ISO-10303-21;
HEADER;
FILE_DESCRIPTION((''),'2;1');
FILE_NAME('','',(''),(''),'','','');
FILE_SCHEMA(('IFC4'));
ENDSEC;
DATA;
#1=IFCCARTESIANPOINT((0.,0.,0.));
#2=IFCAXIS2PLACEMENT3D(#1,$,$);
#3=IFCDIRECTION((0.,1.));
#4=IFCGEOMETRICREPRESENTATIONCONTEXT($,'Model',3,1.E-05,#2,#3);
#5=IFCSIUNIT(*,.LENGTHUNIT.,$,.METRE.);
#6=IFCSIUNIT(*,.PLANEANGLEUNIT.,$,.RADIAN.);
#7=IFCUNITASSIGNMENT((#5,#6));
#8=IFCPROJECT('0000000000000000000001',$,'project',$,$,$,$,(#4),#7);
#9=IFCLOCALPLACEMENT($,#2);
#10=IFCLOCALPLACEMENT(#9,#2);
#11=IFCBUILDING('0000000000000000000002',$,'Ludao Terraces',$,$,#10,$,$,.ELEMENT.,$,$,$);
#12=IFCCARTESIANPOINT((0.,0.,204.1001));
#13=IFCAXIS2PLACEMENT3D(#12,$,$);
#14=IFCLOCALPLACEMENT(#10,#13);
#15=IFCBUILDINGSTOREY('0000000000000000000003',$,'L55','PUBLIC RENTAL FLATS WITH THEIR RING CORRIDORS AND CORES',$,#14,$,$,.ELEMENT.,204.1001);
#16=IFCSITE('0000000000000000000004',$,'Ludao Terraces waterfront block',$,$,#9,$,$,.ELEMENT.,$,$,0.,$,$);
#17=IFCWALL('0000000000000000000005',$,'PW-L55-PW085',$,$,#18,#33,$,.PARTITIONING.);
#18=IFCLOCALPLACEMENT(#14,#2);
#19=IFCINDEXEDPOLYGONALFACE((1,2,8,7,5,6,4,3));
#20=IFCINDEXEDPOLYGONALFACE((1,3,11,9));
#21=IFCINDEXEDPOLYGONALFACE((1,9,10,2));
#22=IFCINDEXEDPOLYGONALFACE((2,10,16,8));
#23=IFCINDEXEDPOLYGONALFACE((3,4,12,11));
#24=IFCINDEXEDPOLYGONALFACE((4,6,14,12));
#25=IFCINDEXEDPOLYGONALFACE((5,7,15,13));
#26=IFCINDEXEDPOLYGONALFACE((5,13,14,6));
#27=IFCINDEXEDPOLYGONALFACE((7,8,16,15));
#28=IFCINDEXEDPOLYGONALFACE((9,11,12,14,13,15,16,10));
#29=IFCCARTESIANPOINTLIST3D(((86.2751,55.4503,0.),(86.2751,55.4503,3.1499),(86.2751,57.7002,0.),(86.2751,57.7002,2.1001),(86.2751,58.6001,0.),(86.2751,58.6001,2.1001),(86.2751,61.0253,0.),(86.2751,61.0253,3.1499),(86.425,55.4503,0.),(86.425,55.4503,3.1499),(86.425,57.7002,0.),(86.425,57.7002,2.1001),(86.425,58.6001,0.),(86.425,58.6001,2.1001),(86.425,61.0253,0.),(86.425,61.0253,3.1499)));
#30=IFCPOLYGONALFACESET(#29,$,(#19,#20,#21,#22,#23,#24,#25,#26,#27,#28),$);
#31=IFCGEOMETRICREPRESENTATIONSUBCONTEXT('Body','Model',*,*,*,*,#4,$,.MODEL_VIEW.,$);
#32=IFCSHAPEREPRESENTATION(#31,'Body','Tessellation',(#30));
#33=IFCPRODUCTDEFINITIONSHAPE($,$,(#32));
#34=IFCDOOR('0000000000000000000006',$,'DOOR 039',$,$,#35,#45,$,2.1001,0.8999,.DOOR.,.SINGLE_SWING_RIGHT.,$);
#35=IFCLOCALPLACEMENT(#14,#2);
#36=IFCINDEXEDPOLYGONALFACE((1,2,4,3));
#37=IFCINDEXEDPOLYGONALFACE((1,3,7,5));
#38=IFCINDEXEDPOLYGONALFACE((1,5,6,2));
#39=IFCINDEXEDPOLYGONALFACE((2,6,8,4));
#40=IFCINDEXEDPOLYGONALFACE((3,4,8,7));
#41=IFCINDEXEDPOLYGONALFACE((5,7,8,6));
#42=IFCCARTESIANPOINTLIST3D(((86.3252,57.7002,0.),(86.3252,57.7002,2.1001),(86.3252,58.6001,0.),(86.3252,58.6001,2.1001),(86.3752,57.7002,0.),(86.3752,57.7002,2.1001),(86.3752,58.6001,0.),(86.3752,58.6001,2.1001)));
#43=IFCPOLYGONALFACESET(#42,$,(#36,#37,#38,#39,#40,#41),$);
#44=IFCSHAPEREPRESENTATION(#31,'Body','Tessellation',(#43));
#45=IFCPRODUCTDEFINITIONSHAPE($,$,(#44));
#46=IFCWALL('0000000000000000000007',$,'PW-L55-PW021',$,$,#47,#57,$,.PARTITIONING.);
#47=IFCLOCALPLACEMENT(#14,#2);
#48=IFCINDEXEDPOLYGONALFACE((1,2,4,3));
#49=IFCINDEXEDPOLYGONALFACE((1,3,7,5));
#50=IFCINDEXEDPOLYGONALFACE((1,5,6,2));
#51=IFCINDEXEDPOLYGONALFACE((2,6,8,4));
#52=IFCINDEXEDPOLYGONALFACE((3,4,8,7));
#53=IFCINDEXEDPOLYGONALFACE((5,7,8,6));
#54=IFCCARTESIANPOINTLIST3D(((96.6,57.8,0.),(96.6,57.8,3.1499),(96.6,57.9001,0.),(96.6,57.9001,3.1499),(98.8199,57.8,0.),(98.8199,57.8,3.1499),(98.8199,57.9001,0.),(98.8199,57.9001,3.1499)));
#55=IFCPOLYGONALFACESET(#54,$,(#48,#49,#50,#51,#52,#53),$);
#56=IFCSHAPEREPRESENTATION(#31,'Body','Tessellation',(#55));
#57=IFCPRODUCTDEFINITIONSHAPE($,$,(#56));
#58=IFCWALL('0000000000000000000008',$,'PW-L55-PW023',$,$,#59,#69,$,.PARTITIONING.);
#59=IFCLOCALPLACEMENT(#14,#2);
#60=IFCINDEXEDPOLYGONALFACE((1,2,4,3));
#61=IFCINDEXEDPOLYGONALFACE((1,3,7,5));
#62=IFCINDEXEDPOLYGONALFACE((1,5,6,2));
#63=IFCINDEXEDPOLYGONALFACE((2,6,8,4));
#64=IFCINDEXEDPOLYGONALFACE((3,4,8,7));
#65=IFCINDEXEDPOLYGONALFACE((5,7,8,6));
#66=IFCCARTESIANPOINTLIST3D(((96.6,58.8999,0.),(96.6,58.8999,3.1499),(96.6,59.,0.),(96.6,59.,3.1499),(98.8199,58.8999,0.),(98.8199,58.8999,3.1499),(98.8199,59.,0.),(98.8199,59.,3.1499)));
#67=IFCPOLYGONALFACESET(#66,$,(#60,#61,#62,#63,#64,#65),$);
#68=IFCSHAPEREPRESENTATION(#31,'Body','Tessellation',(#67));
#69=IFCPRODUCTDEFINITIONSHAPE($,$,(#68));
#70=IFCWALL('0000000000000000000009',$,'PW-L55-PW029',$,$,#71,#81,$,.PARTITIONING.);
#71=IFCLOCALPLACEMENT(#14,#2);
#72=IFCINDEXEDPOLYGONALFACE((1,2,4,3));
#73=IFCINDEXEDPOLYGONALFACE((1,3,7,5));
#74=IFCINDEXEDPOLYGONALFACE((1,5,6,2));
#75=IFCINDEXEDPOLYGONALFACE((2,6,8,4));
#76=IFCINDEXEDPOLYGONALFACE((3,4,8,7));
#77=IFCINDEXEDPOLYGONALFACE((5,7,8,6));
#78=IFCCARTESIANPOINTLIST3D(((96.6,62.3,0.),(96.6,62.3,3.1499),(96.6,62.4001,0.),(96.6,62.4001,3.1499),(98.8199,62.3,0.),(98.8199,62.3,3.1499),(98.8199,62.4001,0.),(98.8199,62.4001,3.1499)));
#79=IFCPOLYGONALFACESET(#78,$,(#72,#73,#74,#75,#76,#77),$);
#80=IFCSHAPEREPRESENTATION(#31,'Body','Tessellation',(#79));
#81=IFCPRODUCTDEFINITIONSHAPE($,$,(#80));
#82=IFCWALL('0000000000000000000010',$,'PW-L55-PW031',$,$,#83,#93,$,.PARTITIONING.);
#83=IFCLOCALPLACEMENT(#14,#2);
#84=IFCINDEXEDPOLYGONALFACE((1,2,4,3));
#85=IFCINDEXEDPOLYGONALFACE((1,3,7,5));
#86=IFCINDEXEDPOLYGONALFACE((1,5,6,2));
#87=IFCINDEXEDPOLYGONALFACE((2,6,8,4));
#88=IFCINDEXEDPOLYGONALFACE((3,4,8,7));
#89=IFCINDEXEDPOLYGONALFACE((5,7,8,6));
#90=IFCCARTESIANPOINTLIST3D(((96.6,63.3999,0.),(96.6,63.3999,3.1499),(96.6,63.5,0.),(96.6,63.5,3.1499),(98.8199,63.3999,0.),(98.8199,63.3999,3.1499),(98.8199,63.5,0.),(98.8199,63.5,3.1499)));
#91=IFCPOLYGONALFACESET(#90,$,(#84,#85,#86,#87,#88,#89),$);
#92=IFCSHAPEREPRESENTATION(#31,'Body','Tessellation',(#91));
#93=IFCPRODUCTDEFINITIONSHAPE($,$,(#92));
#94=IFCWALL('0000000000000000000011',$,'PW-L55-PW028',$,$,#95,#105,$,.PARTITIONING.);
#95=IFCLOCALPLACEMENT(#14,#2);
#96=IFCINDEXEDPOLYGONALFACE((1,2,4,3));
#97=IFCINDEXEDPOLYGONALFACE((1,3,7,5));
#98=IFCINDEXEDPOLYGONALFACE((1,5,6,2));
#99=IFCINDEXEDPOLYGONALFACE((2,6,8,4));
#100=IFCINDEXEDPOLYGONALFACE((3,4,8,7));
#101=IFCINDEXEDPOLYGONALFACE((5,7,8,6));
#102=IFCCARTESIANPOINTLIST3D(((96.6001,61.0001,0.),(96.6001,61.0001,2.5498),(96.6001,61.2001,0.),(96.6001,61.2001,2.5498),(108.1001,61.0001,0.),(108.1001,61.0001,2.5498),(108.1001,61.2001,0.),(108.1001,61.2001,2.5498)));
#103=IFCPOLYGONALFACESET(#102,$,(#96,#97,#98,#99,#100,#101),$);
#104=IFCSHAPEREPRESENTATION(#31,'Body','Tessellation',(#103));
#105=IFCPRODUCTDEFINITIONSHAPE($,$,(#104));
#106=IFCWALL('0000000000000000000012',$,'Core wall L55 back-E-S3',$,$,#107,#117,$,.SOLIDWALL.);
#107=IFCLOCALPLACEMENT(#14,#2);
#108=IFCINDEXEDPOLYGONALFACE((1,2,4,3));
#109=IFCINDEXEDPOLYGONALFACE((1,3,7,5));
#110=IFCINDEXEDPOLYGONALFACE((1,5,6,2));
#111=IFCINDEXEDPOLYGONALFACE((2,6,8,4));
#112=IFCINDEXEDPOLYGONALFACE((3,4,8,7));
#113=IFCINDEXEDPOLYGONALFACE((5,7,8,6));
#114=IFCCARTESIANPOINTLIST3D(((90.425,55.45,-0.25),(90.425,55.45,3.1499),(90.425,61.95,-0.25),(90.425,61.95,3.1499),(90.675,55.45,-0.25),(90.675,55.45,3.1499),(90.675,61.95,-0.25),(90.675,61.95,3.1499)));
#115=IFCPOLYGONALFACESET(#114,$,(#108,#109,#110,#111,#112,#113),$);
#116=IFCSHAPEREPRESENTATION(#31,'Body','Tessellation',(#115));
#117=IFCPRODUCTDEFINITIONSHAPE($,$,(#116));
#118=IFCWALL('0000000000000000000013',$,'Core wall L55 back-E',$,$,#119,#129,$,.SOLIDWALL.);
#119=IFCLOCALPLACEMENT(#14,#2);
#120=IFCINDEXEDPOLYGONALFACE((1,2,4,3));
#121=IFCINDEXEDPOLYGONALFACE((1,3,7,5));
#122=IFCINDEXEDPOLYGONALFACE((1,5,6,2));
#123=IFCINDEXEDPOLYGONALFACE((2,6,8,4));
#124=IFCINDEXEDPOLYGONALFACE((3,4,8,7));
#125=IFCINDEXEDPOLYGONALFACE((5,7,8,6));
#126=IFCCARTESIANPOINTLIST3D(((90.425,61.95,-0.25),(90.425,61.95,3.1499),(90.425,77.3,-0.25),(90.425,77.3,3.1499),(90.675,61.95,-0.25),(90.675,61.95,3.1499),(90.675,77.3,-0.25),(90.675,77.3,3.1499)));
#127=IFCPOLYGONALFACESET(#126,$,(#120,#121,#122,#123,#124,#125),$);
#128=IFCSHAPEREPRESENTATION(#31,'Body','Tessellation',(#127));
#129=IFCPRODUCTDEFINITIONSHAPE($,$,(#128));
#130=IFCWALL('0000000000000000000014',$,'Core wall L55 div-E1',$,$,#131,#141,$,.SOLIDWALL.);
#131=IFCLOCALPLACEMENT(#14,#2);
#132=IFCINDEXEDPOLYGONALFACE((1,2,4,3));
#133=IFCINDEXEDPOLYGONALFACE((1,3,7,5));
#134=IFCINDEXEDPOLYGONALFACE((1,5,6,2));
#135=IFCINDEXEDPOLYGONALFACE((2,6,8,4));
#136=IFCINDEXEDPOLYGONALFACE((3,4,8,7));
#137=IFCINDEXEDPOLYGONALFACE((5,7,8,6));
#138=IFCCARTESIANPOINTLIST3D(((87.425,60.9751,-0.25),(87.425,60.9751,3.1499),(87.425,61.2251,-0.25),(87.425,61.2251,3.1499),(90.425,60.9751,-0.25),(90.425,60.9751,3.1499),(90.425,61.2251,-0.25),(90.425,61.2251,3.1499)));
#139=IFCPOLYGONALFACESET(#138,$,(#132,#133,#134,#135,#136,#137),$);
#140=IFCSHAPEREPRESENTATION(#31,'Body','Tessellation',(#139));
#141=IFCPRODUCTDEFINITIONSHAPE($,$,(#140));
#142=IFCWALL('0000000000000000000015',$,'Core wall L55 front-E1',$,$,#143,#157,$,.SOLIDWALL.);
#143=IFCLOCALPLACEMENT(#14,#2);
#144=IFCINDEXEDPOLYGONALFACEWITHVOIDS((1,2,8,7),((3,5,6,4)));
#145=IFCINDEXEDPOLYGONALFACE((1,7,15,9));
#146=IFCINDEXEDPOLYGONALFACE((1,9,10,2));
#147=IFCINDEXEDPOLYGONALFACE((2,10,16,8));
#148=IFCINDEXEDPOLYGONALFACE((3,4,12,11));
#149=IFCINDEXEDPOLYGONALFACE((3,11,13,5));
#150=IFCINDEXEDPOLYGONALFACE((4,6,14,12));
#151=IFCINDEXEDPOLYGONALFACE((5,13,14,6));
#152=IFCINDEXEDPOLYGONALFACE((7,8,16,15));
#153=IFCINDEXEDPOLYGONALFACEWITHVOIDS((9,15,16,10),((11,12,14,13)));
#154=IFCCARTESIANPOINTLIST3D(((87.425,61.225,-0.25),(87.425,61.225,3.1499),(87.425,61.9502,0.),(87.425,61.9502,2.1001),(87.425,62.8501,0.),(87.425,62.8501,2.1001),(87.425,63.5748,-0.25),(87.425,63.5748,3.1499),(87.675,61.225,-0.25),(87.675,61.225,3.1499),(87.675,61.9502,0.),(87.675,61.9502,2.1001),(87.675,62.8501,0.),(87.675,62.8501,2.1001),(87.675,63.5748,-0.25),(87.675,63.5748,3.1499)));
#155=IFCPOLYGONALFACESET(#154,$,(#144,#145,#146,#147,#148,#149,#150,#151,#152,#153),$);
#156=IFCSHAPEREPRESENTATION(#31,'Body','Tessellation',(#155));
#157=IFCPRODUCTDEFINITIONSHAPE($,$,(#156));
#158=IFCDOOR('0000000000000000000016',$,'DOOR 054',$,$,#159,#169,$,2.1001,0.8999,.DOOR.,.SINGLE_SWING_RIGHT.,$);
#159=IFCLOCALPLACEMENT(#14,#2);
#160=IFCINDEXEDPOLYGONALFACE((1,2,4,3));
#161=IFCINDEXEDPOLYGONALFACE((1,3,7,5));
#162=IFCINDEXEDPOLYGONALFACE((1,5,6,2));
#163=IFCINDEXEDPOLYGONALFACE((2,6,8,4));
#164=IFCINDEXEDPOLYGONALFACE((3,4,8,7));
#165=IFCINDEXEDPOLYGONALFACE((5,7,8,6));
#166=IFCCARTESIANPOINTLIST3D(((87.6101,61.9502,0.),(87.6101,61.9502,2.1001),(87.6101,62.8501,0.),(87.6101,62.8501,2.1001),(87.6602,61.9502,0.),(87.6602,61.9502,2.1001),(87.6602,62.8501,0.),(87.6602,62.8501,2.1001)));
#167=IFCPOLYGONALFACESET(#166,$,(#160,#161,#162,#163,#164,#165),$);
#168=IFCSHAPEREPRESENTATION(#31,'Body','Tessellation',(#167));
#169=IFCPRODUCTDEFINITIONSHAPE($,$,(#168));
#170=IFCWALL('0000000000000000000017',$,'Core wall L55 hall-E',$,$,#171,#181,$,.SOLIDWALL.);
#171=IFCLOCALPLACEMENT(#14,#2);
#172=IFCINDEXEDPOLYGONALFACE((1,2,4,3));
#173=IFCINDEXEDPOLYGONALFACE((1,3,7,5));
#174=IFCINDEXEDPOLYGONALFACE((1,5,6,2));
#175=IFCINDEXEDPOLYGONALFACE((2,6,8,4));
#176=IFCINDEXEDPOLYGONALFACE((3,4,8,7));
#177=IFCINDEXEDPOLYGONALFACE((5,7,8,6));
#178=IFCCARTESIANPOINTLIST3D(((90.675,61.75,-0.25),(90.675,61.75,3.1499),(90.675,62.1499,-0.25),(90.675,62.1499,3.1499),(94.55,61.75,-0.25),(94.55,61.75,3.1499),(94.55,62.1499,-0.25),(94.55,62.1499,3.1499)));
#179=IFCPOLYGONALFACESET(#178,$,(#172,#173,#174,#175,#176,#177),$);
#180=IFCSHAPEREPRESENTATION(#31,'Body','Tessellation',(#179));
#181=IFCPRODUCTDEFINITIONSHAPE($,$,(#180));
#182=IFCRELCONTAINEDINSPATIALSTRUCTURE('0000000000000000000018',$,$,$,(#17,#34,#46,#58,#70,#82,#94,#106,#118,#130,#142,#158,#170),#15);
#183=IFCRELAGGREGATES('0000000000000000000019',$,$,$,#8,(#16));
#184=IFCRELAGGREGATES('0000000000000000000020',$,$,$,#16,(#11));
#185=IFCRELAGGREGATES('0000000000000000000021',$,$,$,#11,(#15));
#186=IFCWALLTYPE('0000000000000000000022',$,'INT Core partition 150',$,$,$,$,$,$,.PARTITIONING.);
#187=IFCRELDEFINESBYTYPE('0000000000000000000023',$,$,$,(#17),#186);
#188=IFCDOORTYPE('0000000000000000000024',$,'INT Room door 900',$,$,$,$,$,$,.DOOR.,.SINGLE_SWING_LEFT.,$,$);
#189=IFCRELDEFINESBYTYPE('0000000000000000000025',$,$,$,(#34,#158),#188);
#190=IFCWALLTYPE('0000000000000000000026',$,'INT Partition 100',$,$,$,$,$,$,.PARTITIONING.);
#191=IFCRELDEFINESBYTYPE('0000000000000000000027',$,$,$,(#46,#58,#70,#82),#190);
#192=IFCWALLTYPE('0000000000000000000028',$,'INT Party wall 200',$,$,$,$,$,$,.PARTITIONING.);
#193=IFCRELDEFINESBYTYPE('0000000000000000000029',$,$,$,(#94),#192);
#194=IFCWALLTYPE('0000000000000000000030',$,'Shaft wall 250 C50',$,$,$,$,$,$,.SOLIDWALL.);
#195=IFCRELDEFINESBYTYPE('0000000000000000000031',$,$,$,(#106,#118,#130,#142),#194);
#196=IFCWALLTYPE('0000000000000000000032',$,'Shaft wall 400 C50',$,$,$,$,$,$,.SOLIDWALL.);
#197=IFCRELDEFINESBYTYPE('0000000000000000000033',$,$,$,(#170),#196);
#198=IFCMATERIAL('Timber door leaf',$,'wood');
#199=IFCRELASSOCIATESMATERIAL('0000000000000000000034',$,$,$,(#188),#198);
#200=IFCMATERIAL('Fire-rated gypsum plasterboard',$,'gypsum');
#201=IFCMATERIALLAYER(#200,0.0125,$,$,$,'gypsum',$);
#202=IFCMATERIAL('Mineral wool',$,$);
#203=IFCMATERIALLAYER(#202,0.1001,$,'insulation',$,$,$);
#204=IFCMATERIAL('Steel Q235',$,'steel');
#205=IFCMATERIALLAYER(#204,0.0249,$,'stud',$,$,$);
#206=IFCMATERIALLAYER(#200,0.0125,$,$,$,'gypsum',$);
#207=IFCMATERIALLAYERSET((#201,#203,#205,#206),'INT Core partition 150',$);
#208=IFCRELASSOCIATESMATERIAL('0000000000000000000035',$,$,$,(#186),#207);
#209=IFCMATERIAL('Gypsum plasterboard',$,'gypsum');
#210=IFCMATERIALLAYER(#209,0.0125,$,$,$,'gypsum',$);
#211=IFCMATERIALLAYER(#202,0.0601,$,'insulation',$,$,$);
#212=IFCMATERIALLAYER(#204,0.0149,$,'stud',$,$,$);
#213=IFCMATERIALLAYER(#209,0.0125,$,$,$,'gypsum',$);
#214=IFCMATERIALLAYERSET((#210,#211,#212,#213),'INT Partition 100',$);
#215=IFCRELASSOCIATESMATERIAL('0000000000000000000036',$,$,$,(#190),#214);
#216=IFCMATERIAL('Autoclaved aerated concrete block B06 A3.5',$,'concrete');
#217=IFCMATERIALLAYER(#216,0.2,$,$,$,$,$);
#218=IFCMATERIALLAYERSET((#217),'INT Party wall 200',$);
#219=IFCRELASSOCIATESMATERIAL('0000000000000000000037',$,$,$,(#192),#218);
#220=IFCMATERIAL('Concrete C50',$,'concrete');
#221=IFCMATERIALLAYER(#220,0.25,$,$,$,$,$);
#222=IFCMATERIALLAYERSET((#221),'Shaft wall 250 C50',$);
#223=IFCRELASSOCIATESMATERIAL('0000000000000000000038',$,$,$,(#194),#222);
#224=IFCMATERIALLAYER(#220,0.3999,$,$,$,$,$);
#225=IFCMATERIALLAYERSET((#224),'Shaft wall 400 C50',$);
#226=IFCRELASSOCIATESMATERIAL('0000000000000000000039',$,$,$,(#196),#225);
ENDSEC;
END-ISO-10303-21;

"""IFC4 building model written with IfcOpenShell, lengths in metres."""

from ifc_helpers import new_model, si_unit, direction, frame, frame_2d, origin, place, context, subcontext, project, spatial, rectangle, extrude, material, layer, layer_set, type_object, element, fill, save


model = new_model("IFC4")

# Units and contexts
model_context = context("Model", 3, precision=1e-05, world=origin(), true_north=direction((0.0, 1.0)))
body_context = subcontext(model_context, "Body", "Model", "MODEL_VIEW")
ifc_project = project(units=[si_unit("LENGTHUNIT", "METRE"), si_unit("PLANEANGLEUNIT", "RADIAN")], contexts=[model_context])

# Site, building, storey
site_placement = place(None, origin())
site = spatial("IfcSite", under=ifc_project, at=site_placement, Name="Ludao Terraces waterfront block", CompositionType="ELEMENT", RefElevation=0.0)
building_placement = place(site_placement, origin())
building = spatial("IfcBuilding", under=site, at=building_placement, Name="Ludao Terraces", CompositionType="ELEMENT")
storey_placement = place(building_placement, frame((0.0, 0.0, 204.1001)))
storey = spatial("IfcBuildingStorey", under=building, at=storey_placement, Name="L55", Description="PUBLIC RENTAL FLATS WITH THEIR RING CORRIDORS AND CORES", CompositionType="ELEMENT", Elevation=204.1001)

# Shared definitions
ifc_material_1 = material(Name="Concrete C50", Category="concrete")
ifc_material_2 = material(Name="Steel Q235", Category="steel")
ifc_material_3 = material(Name="Timber door leaf", Category="wood")
door_type_1 = type_object("IfcDoorType", Name="INT Room door 900", OperationType="SINGLE_SWING_LEFT", PredefinedType="DOOR", material=ifc_material_3)

# Wall, opening, door
ifc_material_4 = material(Name="Fire-rated gypsum plasterboard", Category="gypsum")
ifc_layer_1 = layer(ifc_material_4, 0.0125, Category="gypsum")
ifc_material_5 = material(Name="Mineral wool")
ifc_layer_2 = layer(ifc_material_5, 0.1001, Name="insulation")
ifc_layer_3 = layer(ifc_material_2, 0.0249, Name="stud")
ifc_layer_4 = layer(ifc_material_4, 0.0125, Category="gypsum")
ifc_layer_set_1 = layer_set([ifc_layer_1, ifc_layer_2, ifc_layer_3, ifc_layer_4], Name="INT Core partition 150")
wall_type_1 = type_object("IfcWallType", Name="INT Core partition 150", PredefinedType="PARTITIONING", material=ifc_layer_set_1)
wall_1_placement = place(storey_placement, frame((86.3501, 55.4502, 0.0), z_axis=(0.0, 0.0, 1.0), x_axis=(0.0, 1.0, 0.0)))
wall_1 = element("IfcWall", 1, at=wall_1_placement, inside=storey, type_object=wall_type_1, Name="PW-L55-PW085", PredefinedType="PARTITIONING", context=body_context, shape_type="SweptSolid", body=[
    extrude(rectangle(XDim=5.575, YDim=0.1499, at=frame_2d((2.7876, 0.0))), origin(), (0.0, 0.0, 1.0), 3.1499),
])
opening_1_placement = place(wall_1_placement, frame((2.25, 0.0, 0.0)))
opening_1 = element("IfcOpeningElement", 2, at=opening_1_placement, cuts=wall_1, PredefinedType="OPENING", context=body_context, shape_type="SweptSolid", body=[
    extrude(rectangle(XDim=0.8999, YDim=2.1001, at=frame_2d((0.45, 1.05))), frame((0.0, 0.085, 0.0), z_axis=(0.0, -1.0, 0.0), x_axis=(1.0, 0.0, 0.0)), (0.0, 0.0, 1.0), 0.1699),
])
door_1_placement = place(opening_1_placement, origin())
door_1 = element("IfcDoor", 3, at=door_1_placement, inside=storey, type_object=door_type_1, Name="DOOR 039", OperationType="SINGLE_SWING_RIGHT", OverallHeight=2.1001, OverallWidth=0.8999, PredefinedType="DOOR", context=body_context, shape_type="SweptSolid", body=[
    extrude(rectangle(XDim=0.8999, YDim=2.1001, at=frame_2d((0.45, 1.05))), frame((0.0, 0.0249, 0.0), z_axis=(0.0, -1.0, 0.0), x_axis=(1.0, 0.0, 0.0)), (0.0, 0.0, 1.0), 0.05),
])
fill(opening_1, door_1)

# Walls
ifc_material_6 = material(Name="Gypsum plasterboard", Category="gypsum")
ifc_layer_5 = layer(ifc_material_6, 0.0125, Category="gypsum")
ifc_layer_6 = layer(ifc_material_5, 0.0601, Name="insulation")
ifc_layer_7 = layer(ifc_material_2, 0.0149, Name="stud")
ifc_layer_8 = layer(ifc_material_6, 0.0125, Category="gypsum")
ifc_layer_set_2 = layer_set([ifc_layer_5, ifc_layer_6, ifc_layer_7, ifc_layer_8], Name="INT Partition 100")
wall_type_2 = type_object("IfcWallType", Name="INT Partition 100", PredefinedType="PARTITIONING", material=ifc_layer_set_2)
for number, where, z_axis, x_axis, name in (
    (4, (96.6001, 57.8501, 0.0), (0.0, 0.0, 1.0), (1.0, 0.0, 0.0), "PW-L55-PW021"),
    (5, (96.6001, 58.95, 0.0), (0.0, 0.0, 1.0), (1.0, 0.0, 0.0), "PW-L55-PW023"),
    (6, (96.6001, 62.3501, 0.0), (0.0, 0.0, 1.0), (1.0, 0.0, 0.0), "PW-L55-PW029"),
    (7, (96.6001, 63.45, 0.0), (0.0, 0.0, 1.0), (1.0, 0.0, 0.0), "PW-L55-PW031"),
):
    element("IfcWall", number, at=place(storey_placement, frame(where, z_axis=z_axis, x_axis=x_axis)), inside=storey, type_object=wall_type_2, Name=name, PredefinedType="PARTITIONING", context=body_context, shape_type="SweptSolid", body=[
        extrude(rectangle(XDim=2.22, YDim=0.1001, at=frame_2d((1.1099, 0.0))), origin(), (0.0, 0.0, 1.0), 3.1499),
    ])
ifc_material_7 = material(Name="Autoclaved aerated concrete block B06 A3.5", Category="concrete")
ifc_layer_9 = layer(ifc_material_7, 0.2)
ifc_layer_set_3 = layer_set([ifc_layer_9], Name="INT Party wall 200")
wall_type_3 = type_object("IfcWallType", Name="INT Party wall 200", PredefinedType="PARTITIONING", material=ifc_layer_set_3)
wall_2_placement = place(storey_placement, frame((96.6001, 61.1001, 0.0), z_axis=(0.0, 0.0, 1.0), x_axis=(1.0, 0.0, 0.0)))
element("IfcWall", 8, at=wall_2_placement, inside=storey, type_object=wall_type_3, Name="PW-L55-PW028", PredefinedType="PARTITIONING", context=body_context, shape_type="SweptSolid", body=[
    extrude(rectangle(XDim=11.5, YDim=0.2, at=frame_2d((5.75, 0.0))), origin(), (0.0, 0.0, 1.0), 2.5498),
])
ifc_layer_10 = layer(ifc_material_1, 0.25)
ifc_layer_set_4 = layer_set([ifc_layer_10], Name="Shaft wall 250 C50")
wall_type_4 = type_object("IfcWallType", Name="Shaft wall 250 C50", PredefinedType="SOLIDWALL", material=ifc_layer_set_4)
wall_3_placement = place(storey_placement, frame((90.55, 55.45, -0.25), z_axis=(0.0, 0.0, 1.0), x_axis=(0.0, 1.0, 0.0)))
element("IfcWall", 9, at=wall_3_placement, inside=storey, type_object=wall_type_4, Name="Core wall L55 back-E-S3", PredefinedType="SOLIDWALL", context=body_context, shape_type="SweptSolid", body=[
    extrude(rectangle(XDim=6.5, YDim=0.25, at=frame_2d((3.25, 0.0))), origin(), (0.0, 0.0, 1.0), 3.3999),
])
wall_4_placement = place(storey_placement, frame((90.55, 61.95, -0.25), z_axis=(0.0, 0.0, 1.0), x_axis=(0.0, 1.0, 0.0)))
element("IfcWall", 10, at=wall_4_placement, inside=storey, type_object=wall_type_4, Name="Core wall L55 back-E", PredefinedType="SOLIDWALL", context=body_context, shape_type="SweptSolid", body=[
    extrude(rectangle(XDim=15.3501, YDim=0.25, at=frame_2d((7.675, 0.0))), origin(), (0.0, 0.0, 1.0), 3.3999),
])
wall_5_placement = place(storey_placement, frame((87.425, 61.1001, -0.25), z_axis=(0.0, 0.0, 1.0), x_axis=(1.0, 0.0, 0.0)))
element("IfcWall", 11, at=wall_5_placement, inside=storey, type_object=wall_type_4, Name="Core wall L55 div-E1", PredefinedType="SOLIDWALL", context=body_context, shape_type="SweptSolid", body=[
    extrude(rectangle(XDim=3.0, YDim=0.25, at=frame_2d((1.5, 0.0))), origin(), (0.0, 0.0, 1.0), 3.3999),
])

# Wall, opening, door
wall_6_placement = place(storey_placement, frame((87.55, 61.2251, -0.25), z_axis=(0.0, 0.0, 1.0), x_axis=(0.0, 1.0, 0.0)))
wall_6 = element("IfcWall", 12, at=wall_6_placement, inside=storey, type_object=wall_type_4, Name="Core wall L55 front-E1", PredefinedType="SOLIDWALL", context=body_context, shape_type="SweptSolid", body=[
    extrude(rectangle(XDim=2.3499, YDim=0.25, at=frame_2d((1.1748, 0.0))), origin(), (0.0, 0.0, 1.0), 3.3999),
])
opening_2_placement = place(wall_6_placement, frame((0.7251, 0.0, 0.25)))
opening_2 = element("IfcOpeningElement", 13, at=opening_2_placement, cuts=wall_6, PredefinedType="OPENING", context=body_context, shape_type="SweptSolid", body=[
    extrude(rectangle(XDim=0.8999, YDim=2.1001, at=frame_2d((0.45, 1.05))), frame((0.0, 0.135, 0.0), z_axis=(0.0, -1.0, 0.0), x_axis=(1.0, 0.0, 0.0)), (0.0, 0.0, 1.0), 0.27),
])
door_2_placement = place(opening_2_placement, origin())
door_2 = element("IfcDoor", 14, at=door_2_placement, inside=storey, type_object=door_type_1, Name="DOOR 054", OperationType="SINGLE_SWING_RIGHT", OverallHeight=2.1001, OverallWidth=0.8999, PredefinedType="DOOR", context=body_context, shape_type="SweptSolid", body=[
    extrude(rectangle(XDim=0.8999, YDim=2.1001, at=frame_2d((0.45, 1.05))), frame((0.0, -0.0601, 0.0), z_axis=(0.0, -1.0, 0.0), x_axis=(1.0, 0.0, 0.0)), (0.0, 0.0, 1.0), 0.05),
])
fill(opening_2, door_2)

# Wall
ifc_layer_11 = layer(ifc_material_1, 0.3999)
ifc_layer_set_5 = layer_set([ifc_layer_11], Name="Shaft wall 400 C50")
wall_type_5 = type_object("IfcWallType", Name="Shaft wall 400 C50", PredefinedType="SOLIDWALL", material=ifc_layer_set_5)
wall_7_placement = place(storey_placement, frame((90.675, 61.95, -0.25), z_axis=(0.0, 0.0, 1.0), x_axis=(1.0, 0.0, 0.0)))
element("IfcWall", 15, at=wall_7_placement, inside=storey, type_object=wall_type_5, Name="Core wall L55 hall-E", PredefinedType="SOLIDWALL", context=body_context, shape_type="SweptSolid", body=[
    extrude(rectangle(XDim=3.875, YDim=0.3999, at=frame_2d((1.9375, 0.0))), origin(), (0.0, 0.0, 1.0), 3.3999),
])

save(model, "model.ifc")
